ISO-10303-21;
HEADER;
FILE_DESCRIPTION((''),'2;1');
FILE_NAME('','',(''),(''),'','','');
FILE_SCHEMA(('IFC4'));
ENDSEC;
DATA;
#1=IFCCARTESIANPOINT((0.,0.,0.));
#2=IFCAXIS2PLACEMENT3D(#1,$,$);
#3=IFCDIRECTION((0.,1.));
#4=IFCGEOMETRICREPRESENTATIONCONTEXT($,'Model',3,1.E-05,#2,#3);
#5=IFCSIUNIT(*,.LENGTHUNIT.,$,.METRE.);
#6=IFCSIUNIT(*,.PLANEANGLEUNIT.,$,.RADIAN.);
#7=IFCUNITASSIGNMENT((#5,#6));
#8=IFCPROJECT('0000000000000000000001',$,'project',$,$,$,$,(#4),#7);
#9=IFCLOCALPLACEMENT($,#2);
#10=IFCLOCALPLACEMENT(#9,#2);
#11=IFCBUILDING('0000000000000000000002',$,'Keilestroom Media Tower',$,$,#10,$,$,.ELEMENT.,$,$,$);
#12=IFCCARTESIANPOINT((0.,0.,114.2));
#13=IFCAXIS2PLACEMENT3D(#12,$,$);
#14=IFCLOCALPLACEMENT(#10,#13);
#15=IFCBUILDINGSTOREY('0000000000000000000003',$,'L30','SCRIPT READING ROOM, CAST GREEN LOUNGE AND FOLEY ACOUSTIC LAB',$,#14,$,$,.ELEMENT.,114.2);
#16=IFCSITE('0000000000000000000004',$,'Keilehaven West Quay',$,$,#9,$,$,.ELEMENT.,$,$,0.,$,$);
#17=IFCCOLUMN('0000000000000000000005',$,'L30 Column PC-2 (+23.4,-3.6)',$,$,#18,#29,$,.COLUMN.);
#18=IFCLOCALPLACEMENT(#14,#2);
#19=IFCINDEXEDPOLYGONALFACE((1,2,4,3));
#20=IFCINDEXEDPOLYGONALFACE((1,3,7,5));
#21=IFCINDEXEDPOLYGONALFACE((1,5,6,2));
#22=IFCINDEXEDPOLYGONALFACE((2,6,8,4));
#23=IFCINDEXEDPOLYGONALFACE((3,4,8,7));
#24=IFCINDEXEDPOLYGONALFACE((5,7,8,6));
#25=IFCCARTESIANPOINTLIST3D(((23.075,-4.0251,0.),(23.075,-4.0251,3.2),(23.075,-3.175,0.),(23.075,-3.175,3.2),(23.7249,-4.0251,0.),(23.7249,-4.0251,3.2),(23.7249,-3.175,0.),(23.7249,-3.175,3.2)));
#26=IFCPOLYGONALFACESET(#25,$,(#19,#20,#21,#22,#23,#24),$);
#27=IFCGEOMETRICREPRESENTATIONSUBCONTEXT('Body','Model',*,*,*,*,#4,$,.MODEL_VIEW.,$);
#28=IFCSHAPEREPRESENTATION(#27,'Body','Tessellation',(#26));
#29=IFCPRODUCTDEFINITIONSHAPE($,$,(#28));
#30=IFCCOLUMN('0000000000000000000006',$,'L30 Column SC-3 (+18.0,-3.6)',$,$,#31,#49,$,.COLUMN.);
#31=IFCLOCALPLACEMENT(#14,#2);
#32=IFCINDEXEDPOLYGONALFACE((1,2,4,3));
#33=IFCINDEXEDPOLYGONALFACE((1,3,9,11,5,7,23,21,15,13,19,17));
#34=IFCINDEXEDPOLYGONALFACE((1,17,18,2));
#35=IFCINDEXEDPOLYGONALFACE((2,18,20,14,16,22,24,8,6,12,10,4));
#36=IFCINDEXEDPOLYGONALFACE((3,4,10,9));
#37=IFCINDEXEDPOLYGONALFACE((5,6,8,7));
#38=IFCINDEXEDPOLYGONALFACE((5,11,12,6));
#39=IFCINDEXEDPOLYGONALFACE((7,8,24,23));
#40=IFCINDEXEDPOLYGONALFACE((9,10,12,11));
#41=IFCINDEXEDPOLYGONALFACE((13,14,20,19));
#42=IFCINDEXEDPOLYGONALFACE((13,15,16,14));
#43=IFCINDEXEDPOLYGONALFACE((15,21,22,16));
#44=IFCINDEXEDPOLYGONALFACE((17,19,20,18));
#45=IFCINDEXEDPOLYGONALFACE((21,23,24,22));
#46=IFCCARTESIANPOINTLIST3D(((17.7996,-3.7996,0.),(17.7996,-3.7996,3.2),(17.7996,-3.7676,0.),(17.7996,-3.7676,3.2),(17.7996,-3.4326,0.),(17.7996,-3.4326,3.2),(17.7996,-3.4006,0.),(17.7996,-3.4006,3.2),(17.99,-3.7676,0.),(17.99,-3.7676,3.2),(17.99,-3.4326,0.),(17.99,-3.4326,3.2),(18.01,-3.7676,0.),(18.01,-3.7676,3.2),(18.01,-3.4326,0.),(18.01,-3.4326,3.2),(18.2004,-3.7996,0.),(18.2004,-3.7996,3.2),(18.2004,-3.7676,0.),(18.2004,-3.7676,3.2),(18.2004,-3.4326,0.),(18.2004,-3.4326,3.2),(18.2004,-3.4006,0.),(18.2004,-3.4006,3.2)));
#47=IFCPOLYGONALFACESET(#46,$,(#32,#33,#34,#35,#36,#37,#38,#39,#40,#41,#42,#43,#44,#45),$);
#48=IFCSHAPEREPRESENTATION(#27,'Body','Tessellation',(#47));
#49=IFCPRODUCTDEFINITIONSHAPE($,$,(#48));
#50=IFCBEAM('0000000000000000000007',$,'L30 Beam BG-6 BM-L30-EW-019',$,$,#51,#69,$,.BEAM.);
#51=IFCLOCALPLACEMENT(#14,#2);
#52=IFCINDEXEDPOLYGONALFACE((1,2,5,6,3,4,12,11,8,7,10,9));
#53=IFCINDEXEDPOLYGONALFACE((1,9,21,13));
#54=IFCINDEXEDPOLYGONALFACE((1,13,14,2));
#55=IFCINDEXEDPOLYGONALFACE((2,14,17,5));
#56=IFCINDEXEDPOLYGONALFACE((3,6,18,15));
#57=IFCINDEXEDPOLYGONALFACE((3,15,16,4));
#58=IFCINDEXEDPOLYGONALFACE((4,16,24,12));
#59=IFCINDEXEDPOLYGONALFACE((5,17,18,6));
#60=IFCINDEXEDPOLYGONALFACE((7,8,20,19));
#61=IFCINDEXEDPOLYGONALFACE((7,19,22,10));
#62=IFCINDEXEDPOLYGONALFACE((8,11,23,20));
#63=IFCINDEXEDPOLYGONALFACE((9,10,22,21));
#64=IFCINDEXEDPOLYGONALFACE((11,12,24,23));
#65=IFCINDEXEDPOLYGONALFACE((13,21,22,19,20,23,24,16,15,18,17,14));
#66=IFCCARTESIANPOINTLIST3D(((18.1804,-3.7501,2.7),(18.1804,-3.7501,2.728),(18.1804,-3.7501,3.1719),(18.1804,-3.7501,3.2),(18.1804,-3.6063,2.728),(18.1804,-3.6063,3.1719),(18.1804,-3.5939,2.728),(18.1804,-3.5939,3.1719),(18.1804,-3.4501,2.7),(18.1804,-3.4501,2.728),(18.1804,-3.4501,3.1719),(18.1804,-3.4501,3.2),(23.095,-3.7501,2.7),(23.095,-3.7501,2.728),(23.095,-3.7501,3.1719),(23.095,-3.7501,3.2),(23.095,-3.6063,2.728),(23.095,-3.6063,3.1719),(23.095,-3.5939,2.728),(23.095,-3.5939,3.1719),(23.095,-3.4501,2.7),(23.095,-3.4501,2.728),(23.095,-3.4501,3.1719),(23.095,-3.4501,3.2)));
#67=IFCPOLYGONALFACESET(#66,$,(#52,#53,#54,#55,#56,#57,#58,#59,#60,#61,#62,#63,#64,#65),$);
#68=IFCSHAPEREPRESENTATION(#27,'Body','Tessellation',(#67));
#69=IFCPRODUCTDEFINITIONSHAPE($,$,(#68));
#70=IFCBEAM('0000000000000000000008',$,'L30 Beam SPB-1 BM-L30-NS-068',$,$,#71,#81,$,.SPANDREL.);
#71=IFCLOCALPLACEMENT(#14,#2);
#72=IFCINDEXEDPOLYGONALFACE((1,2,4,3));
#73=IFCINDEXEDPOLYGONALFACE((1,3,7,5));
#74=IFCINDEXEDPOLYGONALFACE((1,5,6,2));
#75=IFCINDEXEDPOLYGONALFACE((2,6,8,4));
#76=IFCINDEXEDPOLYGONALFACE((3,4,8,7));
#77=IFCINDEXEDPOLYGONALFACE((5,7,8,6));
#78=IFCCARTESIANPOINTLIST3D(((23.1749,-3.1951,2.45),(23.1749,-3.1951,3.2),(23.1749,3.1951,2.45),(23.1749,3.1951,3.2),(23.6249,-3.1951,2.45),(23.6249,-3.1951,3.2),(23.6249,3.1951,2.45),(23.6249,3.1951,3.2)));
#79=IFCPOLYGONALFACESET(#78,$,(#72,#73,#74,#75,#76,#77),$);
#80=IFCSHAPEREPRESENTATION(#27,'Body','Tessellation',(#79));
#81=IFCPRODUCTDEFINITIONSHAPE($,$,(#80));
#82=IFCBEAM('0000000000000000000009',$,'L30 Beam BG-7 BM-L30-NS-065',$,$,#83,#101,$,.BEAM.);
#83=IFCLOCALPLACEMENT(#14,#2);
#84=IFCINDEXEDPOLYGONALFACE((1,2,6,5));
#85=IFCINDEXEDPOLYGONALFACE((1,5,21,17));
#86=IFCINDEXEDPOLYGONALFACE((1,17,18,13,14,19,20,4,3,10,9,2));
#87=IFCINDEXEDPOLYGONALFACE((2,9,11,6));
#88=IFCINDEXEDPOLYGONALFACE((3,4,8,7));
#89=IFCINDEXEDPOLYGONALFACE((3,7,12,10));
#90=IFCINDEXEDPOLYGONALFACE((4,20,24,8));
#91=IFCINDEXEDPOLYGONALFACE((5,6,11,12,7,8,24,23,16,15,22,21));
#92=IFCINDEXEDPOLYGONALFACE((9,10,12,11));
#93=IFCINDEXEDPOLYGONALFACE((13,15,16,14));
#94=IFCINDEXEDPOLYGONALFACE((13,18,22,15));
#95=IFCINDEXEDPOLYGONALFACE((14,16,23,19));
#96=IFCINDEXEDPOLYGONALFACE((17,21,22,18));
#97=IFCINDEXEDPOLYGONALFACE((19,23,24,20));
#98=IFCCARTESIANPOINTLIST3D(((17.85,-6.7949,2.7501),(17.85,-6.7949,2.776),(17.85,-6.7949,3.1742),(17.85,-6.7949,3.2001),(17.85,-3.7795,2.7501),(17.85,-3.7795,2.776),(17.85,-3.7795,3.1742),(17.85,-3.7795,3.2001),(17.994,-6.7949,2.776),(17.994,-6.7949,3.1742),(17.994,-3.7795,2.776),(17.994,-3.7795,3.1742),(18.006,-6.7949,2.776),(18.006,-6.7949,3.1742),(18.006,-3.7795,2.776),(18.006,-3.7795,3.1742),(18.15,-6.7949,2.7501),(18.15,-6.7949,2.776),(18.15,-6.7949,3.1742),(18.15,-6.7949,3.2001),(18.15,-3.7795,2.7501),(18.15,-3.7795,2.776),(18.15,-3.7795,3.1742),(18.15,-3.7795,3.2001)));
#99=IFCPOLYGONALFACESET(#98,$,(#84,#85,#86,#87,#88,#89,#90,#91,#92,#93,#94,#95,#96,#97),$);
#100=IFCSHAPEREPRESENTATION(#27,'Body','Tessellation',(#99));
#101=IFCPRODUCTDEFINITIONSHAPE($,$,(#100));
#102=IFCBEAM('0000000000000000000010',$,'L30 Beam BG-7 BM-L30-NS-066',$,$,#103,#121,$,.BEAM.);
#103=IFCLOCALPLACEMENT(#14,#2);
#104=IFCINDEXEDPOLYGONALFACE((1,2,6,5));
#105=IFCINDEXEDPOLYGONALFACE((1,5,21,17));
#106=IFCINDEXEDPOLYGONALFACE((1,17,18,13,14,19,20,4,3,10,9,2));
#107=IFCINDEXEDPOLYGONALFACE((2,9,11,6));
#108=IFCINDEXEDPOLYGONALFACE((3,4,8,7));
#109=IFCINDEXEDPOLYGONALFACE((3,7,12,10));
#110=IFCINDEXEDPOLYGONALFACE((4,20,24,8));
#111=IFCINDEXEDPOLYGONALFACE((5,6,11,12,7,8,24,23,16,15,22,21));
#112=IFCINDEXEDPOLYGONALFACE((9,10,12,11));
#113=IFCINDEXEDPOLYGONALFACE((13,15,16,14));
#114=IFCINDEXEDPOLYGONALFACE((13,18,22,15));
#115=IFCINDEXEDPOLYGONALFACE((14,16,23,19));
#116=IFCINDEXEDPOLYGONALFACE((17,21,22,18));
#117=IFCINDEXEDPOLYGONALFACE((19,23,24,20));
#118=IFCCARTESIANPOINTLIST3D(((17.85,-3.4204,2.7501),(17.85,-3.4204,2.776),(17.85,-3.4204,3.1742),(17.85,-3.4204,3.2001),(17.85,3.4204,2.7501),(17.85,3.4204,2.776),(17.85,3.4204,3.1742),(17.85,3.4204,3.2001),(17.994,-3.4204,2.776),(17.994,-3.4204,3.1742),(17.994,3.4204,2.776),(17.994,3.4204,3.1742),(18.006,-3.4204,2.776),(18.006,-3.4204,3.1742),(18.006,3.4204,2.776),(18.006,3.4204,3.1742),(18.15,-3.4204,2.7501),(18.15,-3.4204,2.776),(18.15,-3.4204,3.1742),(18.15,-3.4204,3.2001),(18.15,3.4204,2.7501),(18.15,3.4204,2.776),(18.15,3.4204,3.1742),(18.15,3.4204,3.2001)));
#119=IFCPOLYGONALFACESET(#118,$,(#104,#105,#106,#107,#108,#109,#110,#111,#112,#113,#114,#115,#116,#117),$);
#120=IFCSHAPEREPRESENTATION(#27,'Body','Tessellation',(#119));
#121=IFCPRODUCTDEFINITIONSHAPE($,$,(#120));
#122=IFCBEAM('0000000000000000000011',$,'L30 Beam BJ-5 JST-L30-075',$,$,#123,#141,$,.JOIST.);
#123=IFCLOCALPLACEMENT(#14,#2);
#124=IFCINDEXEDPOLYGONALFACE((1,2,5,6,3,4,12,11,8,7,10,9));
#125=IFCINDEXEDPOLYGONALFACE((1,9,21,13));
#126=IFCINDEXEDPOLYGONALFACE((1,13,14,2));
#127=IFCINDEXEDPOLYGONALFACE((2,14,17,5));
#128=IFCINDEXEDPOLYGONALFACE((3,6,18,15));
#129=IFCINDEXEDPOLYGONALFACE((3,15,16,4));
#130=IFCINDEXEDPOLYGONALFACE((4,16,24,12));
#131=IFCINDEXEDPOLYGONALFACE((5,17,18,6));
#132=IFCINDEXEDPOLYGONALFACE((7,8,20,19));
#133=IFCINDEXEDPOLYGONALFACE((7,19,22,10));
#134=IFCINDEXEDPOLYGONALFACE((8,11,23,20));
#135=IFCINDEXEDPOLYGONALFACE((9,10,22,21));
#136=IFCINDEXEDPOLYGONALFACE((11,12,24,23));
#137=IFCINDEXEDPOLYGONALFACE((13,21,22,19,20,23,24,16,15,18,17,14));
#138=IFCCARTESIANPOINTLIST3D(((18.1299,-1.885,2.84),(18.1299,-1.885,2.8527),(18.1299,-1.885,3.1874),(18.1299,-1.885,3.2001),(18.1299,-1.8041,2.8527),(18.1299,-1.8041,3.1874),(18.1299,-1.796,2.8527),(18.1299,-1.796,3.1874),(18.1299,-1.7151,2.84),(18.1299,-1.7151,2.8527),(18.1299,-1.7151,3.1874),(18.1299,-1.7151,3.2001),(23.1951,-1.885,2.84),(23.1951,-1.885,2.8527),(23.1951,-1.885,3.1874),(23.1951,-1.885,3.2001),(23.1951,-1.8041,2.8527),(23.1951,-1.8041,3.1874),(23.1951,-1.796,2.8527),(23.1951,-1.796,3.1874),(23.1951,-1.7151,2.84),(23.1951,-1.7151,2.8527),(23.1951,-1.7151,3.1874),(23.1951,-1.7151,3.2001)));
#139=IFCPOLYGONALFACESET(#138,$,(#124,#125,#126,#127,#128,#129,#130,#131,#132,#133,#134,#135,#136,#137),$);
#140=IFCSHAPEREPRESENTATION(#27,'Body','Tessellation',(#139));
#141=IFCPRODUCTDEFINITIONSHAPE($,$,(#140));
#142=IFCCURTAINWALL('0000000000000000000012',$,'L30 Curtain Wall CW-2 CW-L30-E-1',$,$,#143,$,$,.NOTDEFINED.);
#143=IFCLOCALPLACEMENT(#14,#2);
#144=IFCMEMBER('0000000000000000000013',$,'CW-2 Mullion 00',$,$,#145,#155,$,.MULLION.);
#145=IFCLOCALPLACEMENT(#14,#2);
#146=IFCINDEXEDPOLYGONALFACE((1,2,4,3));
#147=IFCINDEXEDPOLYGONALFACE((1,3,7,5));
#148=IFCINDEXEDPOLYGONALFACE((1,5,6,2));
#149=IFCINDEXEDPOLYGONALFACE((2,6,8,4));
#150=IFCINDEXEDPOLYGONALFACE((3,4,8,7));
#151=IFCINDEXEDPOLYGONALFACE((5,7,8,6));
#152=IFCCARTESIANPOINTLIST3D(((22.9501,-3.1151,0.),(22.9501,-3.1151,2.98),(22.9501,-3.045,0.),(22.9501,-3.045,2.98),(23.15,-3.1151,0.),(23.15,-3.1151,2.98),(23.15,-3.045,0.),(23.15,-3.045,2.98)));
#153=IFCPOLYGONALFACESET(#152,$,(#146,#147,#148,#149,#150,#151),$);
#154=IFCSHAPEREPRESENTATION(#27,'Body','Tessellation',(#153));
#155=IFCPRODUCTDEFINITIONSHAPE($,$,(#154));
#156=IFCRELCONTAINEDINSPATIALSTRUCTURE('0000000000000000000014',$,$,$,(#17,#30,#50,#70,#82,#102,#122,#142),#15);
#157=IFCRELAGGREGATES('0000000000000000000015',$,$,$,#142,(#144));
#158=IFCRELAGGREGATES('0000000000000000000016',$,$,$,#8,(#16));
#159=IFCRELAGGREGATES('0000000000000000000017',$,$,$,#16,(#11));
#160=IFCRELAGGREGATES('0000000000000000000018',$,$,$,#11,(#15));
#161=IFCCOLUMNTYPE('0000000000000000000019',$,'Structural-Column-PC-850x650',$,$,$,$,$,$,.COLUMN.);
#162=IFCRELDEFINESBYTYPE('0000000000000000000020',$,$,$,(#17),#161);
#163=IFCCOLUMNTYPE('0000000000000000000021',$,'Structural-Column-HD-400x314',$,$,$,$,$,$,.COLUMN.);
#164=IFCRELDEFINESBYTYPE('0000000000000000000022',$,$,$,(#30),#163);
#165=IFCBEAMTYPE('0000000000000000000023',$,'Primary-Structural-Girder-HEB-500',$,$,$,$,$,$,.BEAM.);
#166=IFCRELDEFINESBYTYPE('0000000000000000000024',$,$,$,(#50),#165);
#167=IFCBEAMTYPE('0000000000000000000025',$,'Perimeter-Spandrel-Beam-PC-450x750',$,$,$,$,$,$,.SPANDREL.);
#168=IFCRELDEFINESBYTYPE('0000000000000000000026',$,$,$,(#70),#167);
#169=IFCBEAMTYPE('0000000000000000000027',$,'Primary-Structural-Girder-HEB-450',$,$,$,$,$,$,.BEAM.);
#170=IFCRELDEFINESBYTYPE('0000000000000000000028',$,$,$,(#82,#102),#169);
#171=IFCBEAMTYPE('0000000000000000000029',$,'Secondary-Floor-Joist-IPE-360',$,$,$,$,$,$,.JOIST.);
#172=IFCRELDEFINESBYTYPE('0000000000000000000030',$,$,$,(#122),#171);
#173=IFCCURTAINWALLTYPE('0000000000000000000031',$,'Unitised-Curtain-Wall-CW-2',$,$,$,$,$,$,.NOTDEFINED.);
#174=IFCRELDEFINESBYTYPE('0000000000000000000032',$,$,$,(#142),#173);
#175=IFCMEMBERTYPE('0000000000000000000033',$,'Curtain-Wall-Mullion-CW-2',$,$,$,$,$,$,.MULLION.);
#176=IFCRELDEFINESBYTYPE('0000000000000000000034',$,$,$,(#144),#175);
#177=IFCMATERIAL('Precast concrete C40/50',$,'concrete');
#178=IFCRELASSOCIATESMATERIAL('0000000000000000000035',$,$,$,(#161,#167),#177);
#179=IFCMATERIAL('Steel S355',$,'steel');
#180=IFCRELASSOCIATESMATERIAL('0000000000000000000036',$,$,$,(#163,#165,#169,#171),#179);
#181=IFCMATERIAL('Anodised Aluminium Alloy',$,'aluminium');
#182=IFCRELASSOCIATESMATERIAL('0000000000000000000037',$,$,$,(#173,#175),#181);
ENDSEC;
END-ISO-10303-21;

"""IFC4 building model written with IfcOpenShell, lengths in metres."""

from ifc_helpers import new_model, si_unit, direction, frame, origin, origin_2d, place, context, subcontext, project, spatial, rectangle, i_section, extrude, source, transform, mapped, material, material_profile, profile_set, type_object, element, aggregate, save


model = new_model("IFC4")

# Units and contexts
model_context = context("Model", 3, precision=1e-05, world=origin(), true_north=direction((0.0, 1.0)))
body_context = subcontext(model_context, "Body", "Model", "MODEL_VIEW")
ifc_project = project(units=[si_unit("LENGTHUNIT", "METRE"), si_unit("PLANEANGLEUNIT", "RADIAN")], contexts=[model_context])

# Site, building, storey
site_placement = place(None, origin())
site = spatial("IfcSite", under=ifc_project, at=site_placement, Name="Keilehaven West Quay", CompositionType="ELEMENT", RefElevation=0.0)
building_placement = place(site_placement, origin())
building = spatial("IfcBuilding", under=site, at=building_placement, Name="Keilestroom Media Tower", CompositionType="ELEMENT")
storey_placement = place(building_placement, frame((0.0, 0.0, 114.2)))
storey = spatial("IfcBuildingStorey", under=building, at=storey_placement, Name="L30", Description="SCRIPT READING ROOM, CAST GREEN LOUNGE AND FOLEY ACOUSTIC LAB", CompositionType="ELEMENT", Elevation=114.2)

# Columns
ifc_material_1 = material(Name="Precast concrete C40/50", Category="concrete")
ifc_material_profile_1 = material_profile(ifc_material_1, rectangle(XDim=0.6499, YDim=0.8501, at=origin_2d()), Name="PC 850x650")
ifc_profile_set_1 = profile_set([ifc_material_profile_1], Name="Precast concrete C40/50")
column_type_1 = type_object("IfcColumnType", Name="Structural-Column-PC-850x650", PredefinedType="COLUMN", material=ifc_profile_set_1)
shared_shape_1 = source(origin(), body_context, "Body", "SweptSolid", [
    extrude(rectangle(XDim=0.6499, YDim=0.8501, at=origin_2d()), origin(), (0.0, 0.0, 1.0), 3.2),
])
column_1_placement = place(storey_placement, frame((23.3999, -3.6001, 0.0), z_axis=(0.0, 0.0, 1.0), x_axis=(1.0, 0.0, 0.0)))
element("IfcColumn", 1, at=column_1_placement, inside=storey, type_object=column_type_1, Name="L30 Column PC-2 (+23.4,-3.6)", PredefinedType="COLUMN", context=body_context, shape_type="MappedRepresentation", body=[
    mapped(shared_shape_1, transform((0.0, 0.0, 0.0), x_axis=(1.0, 0.0, 0.0), y_axis=(0.0, 1.0, 0.0), z_axis=(0.0, 0.0, 1.0), scale=1.0)),
])
ifc_material_2 = material(Name="Steel S355", Category="steel")
ifc_material_profile_2 = material_profile(ifc_material_2, i_section(OverallWidth=0.4009, OverallDepth=0.3989, WebThickness=0.02, FlangeThickness=0.032, at=origin_2d()), Name="HD 400x314")
ifc_profile_set_2 = profile_set([ifc_material_profile_2], Name="Steel S355")
column_type_2 = type_object("IfcColumnType", Name="Structural-Column-HD-400x314", PredefinedType="COLUMN", material=ifc_profile_set_2)
shared_shape_2 = source(origin(), body_context, "Body", "SweptSolid", [
    extrude(i_section(OverallWidth=0.4009, OverallDepth=0.3989, WebThickness=0.02, FlangeThickness=0.032, at=origin_2d()), origin(), (0.0, 0.0, 1.0), 3.2),
])
column_2_placement = place(storey_placement, frame((18.0, -3.6001, 0.0), z_axis=(0.0, 0.0, 1.0), x_axis=(1.0, 0.0, 0.0)))
element("IfcColumn", 2, at=column_2_placement, inside=storey, type_object=column_type_2, Name="L30 Column SC-3 (+18.0,-3.6)", PredefinedType="COLUMN", context=body_context, shape_type="MappedRepresentation", body=[
    mapped(shared_shape_2, transform((0.0, 0.0, 0.0), x_axis=(1.0, 0.0, 0.0), y_axis=(0.0, 1.0, 0.0), z_axis=(0.0, 0.0, 1.0), scale=1.0)),
])

# Beams
ifc_material_profile_3 = material_profile(ifc_material_2, i_section(OverallWidth=0.3, OverallDepth=0.5, WebThickness=0.0125, FlangeThickness=0.0281, at=origin_2d()), Name="HEB 500")
ifc_profile_set_3 = profile_set([ifc_material_profile_3], Name="Steel S355")
beam_type_1 = type_object("IfcBeamType", Name="Primary-Structural-Girder-HEB-500", PredefinedType="BEAM", material=ifc_profile_set_3)
shared_shape_3 = source(origin(), body_context, "Body", "SweptSolid", [
    extrude(i_section(OverallWidth=0.3, OverallDepth=0.5, WebThickness=0.0125, FlangeThickness=0.0281, at=origin_2d()), origin(), (0.0, 0.0, 1.0), 4.9146),
])
beam_1_placement = place(storey_placement, frame((18.1804, -3.6001, 2.95), z_axis=(1.0, 0.0, 0.0), x_axis=(0.0, 1.0, 0.0)))
element("IfcBeam", 3, at=beam_1_placement, inside=storey, type_object=beam_type_1, Name="L30 Beam BG-6 BM-L30-EW-019", PredefinedType="BEAM", context=body_context, shape_type="MappedRepresentation", body=[
    mapped(shared_shape_3, transform((0.0, 0.0, 0.0), x_axis=(1.0, 0.0, 0.0), y_axis=(0.0, 1.0, 0.0), z_axis=(0.0, 0.0, 1.0), scale=1.0)),
])
ifc_material_profile_4 = material_profile(ifc_material_1, rectangle(XDim=0.45, YDim=0.75, at=origin_2d()), Name="PC 450x750")
ifc_profile_set_4 = profile_set([ifc_material_profile_4], Name="Precast concrete C40/50")
beam_type_2 = type_object("IfcBeamType", Name="Perimeter-Spandrel-Beam-PC-450x750", PredefinedType="SPANDREL", material=ifc_profile_set_4)
shared_shape_4 = source(origin(), body_context, "Body", "SweptSolid", [
    extrude(rectangle(XDim=0.45, YDim=0.75, at=origin_2d()), origin(), (0.0, 0.0, 1.0), 6.3901),
])
beam_2_placement = place(storey_placement, frame((23.3999, -3.1951, 2.825), z_axis=(0.0, 1.0, 0.0), x_axis=(-1.0, 0.0, 0.0)))
element("IfcBeam", 4, at=beam_2_placement, inside=storey, type_object=beam_type_2, Name="L30 Beam SPB-1 BM-L30-NS-068", PredefinedType="SPANDREL", context=body_context, shape_type="MappedRepresentation", body=[
    mapped(shared_shape_4, transform((0.0, 0.0, 0.0), x_axis=(1.0, 0.0, 0.0), y_axis=(0.0, 1.0, 0.0), z_axis=(0.0, 0.0, 1.0), scale=1.0)),
])
ifc_material_profile_5 = material_profile(ifc_material_2, i_section(OverallWidth=0.3, OverallDepth=0.45, WebThickness=0.012, FlangeThickness=0.0259, at=origin_2d()), Name="HEB 450")
ifc_profile_set_5 = profile_set([ifc_material_profile_5], Name="Steel S355")
beam_type_3 = type_object("IfcBeamType", Name="Primary-Structural-Girder-HEB-450", PredefinedType="BEAM", material=ifc_profile_set_5)
shared_shape_5 = source(origin(), body_context, "Body", "SweptSolid", [
    extrude(i_section(OverallWidth=0.3, OverallDepth=0.45, WebThickness=0.012, FlangeThickness=0.0259, at=origin_2d()), origin(), (0.0, 0.0, 1.0), 3.0154),
])
beam_3_placement = place(storey_placement, frame((18.0, -6.7949, 2.9751), z_axis=(0.0, 1.0, 0.0), x_axis=(-1.0, 0.0, 0.0)))
element("IfcBeam", 5, at=beam_3_placement, inside=storey, type_object=beam_type_3, Name="L30 Beam BG-7 BM-L30-NS-065", PredefinedType="BEAM", context=body_context, shape_type="MappedRepresentation", body=[
    mapped(shared_shape_5, transform((0.0, 0.0, 0.0), x_axis=(1.0, 0.0, 0.0), y_axis=(0.0, 1.0, 0.0), z_axis=(0.0, 0.0, 1.0), scale=1.0)),
])
shared_shape_6 = source(origin(), body_context, "Body", "SweptSolid", [
    extrude(i_section(OverallWidth=0.3, OverallDepth=0.45, WebThickness=0.012, FlangeThickness=0.0259, at=origin_2d()), origin(), (0.0, 0.0, 1.0), 6.8408),
])
beam_4_placement = place(storey_placement, frame((18.0, -3.4204, 2.9751), z_axis=(0.0, 1.0, 0.0), x_axis=(-1.0, 0.0, 0.0)))
element("IfcBeam", 6, at=beam_4_placement, inside=storey, type_object=beam_type_3, Name="L30 Beam BG-7 BM-L30-NS-066", PredefinedType="BEAM", context=body_context, shape_type="MappedRepresentation", body=[
    mapped(shared_shape_6, transform((0.0, 0.0, 0.0), x_axis=(1.0, 0.0, 0.0), y_axis=(0.0, 1.0, 0.0), z_axis=(0.0, 0.0, 1.0), scale=1.0)),
])
ifc_material_profile_6 = material_profile(ifc_material_2, i_section(OverallWidth=0.1699, OverallDepth=0.3601, WebThickness=0.0081, FlangeThickness=0.0127, at=origin_2d()), Name="IPE 360")
ifc_profile_set_6 = profile_set([ifc_material_profile_6], Name="Steel S355")
beam_type_4 = type_object("IfcBeamType", Name="Secondary-Floor-Joist-IPE-360", PredefinedType="JOIST", material=ifc_profile_set_6)
shared_shape_7 = source(origin(), body_context, "Body", "SweptSolid", [
    extrude(i_section(OverallWidth=0.1699, OverallDepth=0.3601, WebThickness=0.0081, FlangeThickness=0.0127, at=origin_2d()), origin(), (0.0, 0.0, 1.0), 5.0652),
])
beam_5_placement = place(storey_placement, frame((18.1299, -1.8, 3.02), z_axis=(1.0, 0.0, 0.0), x_axis=(0.0, 1.0, 0.0)))
element("IfcBeam", 7, at=beam_5_placement, inside=storey, type_object=beam_type_4, Name="L30 Beam BJ-5 JST-L30-075", PredefinedType="JOIST", context=body_context, shape_type="MappedRepresentation", body=[
    mapped(shared_shape_7, transform((0.0, 0.0, 0.0), x_axis=(1.0, 0.0, 0.0), y_axis=(0.0, 1.0, 0.0), z_axis=(0.0, 0.0, 1.0), scale=1.0)),
])

# Curtain wall, member
ifc_material_3 = material(Name="Anodised Aluminium Alloy", Category="aluminium")
curtain_wall_type = type_object("IfcCurtainWallType", Name="Unitised-Curtain-Wall-CW-2", PredefinedType="NOTDEFINED", material=ifc_material_3)
curtain_wall_1_placement = place(storey_placement, origin())
curtain_wall_1 = element("IfcCurtainWall", 8, at=curtain_wall_1_placement, inside=storey, type_object=curtain_wall_type, Name="L30 Curtain Wall CW-2 CW-L30-E-1", PredefinedType="NOTDEFINED")
ifc_material_profile_7 = material_profile(ifc_material_3, rectangle(XDim=0.0701, YDim=0.2, at=origin_2d()), Name="ALU MULLION 70x200")
ifc_profile_set_7 = profile_set([ifc_material_profile_7], Name="Anodised Aluminium Alloy")
member_type_1 = type_object("IfcMemberType", Name="Curtain-Wall-Mullion-CW-2", PredefinedType="MULLION", material=ifc_profile_set_7)
shared_shape_8 = source(origin(), body_context, "Body", "SweptSolid", [
    extrude(rectangle(XDim=0.0701, YDim=0.2, at=origin_2d()), origin(), (0.0, 0.0, 1.0), 2.98),
])
member_1_placement = place(storey_placement, frame((23.05, -3.0801, 0.0), z_axis=(0.0, 0.0, 1.0), x_axis=(0.0, 1.0, 0.0)))
member_1 = element("IfcMember", 9, at=member_1_placement, type_object=member_type_1, Name="CW-2 Mullion 00", PredefinedType="MULLION", context=body_context, shape_type="MappedRepresentation", body=[
    mapped(shared_shape_8, transform((0.0, 0.0, 0.0), x_axis=(1.0, 0.0, 0.0), y_axis=(0.0, 1.0, 0.0), z_axis=(0.0, 0.0, 1.0), scale=1.0)),
])

aggregate(curtain_wall_1, [member_1])

save(model, "model.ifc")
